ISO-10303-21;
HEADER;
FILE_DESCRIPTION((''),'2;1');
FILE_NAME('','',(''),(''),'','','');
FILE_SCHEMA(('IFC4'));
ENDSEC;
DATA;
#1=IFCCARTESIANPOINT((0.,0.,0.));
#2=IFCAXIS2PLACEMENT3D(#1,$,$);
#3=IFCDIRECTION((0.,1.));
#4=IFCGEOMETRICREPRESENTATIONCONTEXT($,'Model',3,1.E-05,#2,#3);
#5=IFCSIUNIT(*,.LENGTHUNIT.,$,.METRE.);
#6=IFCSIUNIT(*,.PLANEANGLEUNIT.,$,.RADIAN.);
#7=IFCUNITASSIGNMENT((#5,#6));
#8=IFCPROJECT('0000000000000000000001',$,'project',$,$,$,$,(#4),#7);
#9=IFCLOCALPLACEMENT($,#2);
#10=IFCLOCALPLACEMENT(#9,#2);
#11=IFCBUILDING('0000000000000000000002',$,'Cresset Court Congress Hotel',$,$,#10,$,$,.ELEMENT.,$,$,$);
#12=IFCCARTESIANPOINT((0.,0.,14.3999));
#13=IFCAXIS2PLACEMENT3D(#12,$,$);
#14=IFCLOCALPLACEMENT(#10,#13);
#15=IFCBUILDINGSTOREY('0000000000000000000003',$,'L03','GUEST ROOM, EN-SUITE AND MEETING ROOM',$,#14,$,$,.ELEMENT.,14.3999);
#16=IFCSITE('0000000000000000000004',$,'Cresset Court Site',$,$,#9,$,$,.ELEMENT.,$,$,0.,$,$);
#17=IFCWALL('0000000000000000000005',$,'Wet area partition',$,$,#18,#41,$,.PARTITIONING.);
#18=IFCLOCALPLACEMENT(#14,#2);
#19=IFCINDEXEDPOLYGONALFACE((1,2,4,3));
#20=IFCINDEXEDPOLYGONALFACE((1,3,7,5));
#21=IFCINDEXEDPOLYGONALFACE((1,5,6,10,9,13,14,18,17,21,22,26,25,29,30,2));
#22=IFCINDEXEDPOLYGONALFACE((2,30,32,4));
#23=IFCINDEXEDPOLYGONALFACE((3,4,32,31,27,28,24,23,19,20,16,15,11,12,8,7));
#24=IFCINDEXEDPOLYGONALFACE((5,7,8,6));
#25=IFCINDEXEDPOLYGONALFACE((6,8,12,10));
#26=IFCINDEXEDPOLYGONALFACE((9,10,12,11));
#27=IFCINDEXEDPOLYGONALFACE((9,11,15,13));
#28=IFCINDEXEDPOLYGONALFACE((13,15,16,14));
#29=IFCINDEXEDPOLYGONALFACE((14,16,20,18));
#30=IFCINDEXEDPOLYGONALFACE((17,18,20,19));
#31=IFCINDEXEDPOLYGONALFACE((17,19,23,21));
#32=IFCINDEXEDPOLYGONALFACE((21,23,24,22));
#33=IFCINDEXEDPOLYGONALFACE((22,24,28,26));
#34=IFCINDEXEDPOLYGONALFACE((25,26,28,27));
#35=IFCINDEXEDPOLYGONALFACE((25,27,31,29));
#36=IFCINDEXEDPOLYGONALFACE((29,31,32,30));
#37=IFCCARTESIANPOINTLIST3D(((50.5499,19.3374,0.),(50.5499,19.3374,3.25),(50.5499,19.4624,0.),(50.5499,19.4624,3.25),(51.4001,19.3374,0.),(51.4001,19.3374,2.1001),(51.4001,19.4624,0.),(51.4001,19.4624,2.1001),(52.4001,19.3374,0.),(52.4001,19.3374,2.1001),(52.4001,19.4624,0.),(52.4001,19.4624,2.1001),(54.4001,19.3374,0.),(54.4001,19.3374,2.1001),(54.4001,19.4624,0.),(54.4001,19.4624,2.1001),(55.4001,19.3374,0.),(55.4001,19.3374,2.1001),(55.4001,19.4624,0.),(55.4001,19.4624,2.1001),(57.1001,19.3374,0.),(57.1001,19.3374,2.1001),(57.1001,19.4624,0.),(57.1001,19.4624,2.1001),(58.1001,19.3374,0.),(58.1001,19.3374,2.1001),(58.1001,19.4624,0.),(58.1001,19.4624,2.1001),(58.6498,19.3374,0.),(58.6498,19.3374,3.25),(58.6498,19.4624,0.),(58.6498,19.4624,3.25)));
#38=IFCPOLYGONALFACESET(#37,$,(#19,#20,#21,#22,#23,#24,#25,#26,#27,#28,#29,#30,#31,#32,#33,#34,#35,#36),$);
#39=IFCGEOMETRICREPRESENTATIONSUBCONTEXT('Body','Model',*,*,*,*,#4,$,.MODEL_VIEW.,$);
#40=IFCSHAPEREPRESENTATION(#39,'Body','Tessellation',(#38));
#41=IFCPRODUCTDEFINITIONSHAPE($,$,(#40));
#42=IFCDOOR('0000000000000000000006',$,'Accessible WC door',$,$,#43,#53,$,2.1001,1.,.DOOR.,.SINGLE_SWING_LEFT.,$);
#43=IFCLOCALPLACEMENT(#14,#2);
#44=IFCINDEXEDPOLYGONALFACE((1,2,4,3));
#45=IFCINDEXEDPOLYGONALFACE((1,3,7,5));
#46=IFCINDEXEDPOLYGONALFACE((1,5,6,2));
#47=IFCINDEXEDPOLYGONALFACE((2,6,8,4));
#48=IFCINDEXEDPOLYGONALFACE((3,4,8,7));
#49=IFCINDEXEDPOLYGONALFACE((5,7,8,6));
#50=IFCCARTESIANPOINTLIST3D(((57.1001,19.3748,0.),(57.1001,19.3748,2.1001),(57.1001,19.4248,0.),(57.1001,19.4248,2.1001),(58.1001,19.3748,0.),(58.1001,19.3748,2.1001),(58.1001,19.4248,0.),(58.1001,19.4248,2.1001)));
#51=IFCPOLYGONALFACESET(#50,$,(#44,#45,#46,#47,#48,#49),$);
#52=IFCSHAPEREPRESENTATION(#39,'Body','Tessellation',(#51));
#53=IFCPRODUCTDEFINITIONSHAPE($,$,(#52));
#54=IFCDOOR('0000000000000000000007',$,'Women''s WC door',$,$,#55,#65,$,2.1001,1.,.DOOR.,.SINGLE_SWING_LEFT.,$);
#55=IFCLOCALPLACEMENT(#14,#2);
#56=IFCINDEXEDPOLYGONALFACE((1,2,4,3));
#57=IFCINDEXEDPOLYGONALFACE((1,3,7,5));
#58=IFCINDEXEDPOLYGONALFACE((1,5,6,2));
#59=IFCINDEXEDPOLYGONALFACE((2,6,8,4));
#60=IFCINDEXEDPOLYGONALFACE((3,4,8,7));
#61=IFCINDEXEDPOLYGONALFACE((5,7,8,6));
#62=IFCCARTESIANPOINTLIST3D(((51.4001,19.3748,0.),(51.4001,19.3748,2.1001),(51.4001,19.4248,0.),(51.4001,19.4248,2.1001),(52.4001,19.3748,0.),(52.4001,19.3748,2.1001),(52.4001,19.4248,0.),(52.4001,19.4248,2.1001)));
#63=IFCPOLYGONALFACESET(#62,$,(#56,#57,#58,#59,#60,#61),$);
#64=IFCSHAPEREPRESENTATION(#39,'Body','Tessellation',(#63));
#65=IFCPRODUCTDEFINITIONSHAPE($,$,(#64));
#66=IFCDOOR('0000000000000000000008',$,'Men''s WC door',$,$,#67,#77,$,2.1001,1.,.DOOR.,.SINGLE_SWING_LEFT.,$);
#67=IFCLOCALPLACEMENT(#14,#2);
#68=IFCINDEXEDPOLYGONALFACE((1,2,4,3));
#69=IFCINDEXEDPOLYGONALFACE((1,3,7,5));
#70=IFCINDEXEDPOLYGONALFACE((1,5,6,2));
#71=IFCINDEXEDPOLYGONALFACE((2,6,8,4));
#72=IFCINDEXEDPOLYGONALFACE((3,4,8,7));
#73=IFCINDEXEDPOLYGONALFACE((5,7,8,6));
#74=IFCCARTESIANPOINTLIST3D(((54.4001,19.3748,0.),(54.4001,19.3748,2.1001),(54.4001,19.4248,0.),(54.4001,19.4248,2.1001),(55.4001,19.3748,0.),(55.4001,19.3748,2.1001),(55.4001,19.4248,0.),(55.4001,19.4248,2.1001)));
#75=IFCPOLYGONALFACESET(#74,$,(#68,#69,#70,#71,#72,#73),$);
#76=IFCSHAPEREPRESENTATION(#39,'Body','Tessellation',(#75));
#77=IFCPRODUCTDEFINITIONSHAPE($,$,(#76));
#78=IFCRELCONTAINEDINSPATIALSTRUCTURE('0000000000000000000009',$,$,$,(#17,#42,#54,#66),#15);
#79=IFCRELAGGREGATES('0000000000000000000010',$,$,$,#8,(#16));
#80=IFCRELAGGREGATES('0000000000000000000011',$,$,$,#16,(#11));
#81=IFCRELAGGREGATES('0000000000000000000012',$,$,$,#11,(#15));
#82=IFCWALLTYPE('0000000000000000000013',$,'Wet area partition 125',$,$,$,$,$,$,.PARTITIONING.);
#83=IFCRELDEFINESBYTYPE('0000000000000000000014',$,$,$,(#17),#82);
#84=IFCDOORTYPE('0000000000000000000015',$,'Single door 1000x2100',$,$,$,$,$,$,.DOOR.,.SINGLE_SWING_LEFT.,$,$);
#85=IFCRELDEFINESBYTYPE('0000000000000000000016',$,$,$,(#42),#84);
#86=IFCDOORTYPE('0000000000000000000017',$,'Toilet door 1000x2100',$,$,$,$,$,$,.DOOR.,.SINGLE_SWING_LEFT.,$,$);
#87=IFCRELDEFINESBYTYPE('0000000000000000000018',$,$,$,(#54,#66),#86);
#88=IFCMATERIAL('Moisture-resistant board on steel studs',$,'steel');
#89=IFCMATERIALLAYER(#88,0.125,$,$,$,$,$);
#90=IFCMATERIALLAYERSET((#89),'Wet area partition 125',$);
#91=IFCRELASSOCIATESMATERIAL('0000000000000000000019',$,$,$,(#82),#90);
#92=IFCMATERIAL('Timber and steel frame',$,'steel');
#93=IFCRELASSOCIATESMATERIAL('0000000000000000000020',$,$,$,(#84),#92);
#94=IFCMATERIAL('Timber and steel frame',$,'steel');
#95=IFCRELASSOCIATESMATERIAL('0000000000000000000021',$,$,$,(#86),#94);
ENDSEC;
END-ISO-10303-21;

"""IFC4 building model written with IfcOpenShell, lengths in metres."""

from ifc_helpers import new_model, si_unit, direction, frame, frame_2d, origin, place, context, subcontext, project, spatial, rectangle, extrude, material, layer, layer_set, type_object, element, fill, save


model = new_model("IFC4")

# Units and contexts
model_context = context("Model", 3, precision=1e-05, world=origin(), true_north=direction((0.0, 1.0)))
body_context = subcontext(model_context, "Body", "Model", "MODEL_VIEW")
ifc_project = project(units=[si_unit("LENGTHUNIT", "METRE"), si_unit("PLANEANGLEUNIT", "RADIAN")], contexts=[model_context])

# Site, building, storey
site_placement = place(None, origin())
site = spatial("IfcSite", under=ifc_project, at=site_placement, Name="Cresset Court Site", CompositionType="ELEMENT", RefElevation=0.0)
building_placement = place(site_placement, origin())
building = spatial("IfcBuilding", under=site, at=building_placement, Name="Cresset Court Congress Hotel", CompositionType="ELEMENT")
storey_placement = place(building_placement, frame((0.0, 0.0, 14.3999)))
storey = spatial("IfcBuildingStorey", under=building, at=storey_placement, Name="L03", Description="GUEST ROOM, EN-SUITE AND MEETING ROOM", CompositionType="ELEMENT", Elevation=14.3999)

# Wall, openings, doors
ifc_material_1 = material(Name="Moisture-resistant board on steel studs", Category="steel")
ifc_layer_1 = layer(ifc_material_1, 0.125)
ifc_layer_set_1 = layer_set([ifc_layer_1], Name="Wet area partition 125")
wall_type_1 = type_object("IfcWallType", Name="Wet area partition 125", PredefinedType="PARTITIONING", material=ifc_layer_set_1)
wall_1_placement = place(storey_placement, frame((50.55, 19.3999, 0.0), z_axis=(0.0, 0.0, 1.0), x_axis=(1.0, 0.0, 0.0)))
wall_1 = element("IfcWall", 1, at=wall_1_placement, inside=storey, type_object=wall_type_1, Name="Wet area partition", PredefinedType="PARTITIONING", context=body_context, shape_type="SweptSolid", body=[
    extrude(rectangle(XDim=8.0999, YDim=0.125, at=frame_2d((4.0498, 0.0))), origin(), (0.0, 0.0, 1.0), 3.25),
])
opening_1_placement = place(wall_1_placement, frame((0.8501, 0.0, 0.0)))
opening_1 = element("IfcOpeningElement", 2, at=opening_1_placement, cuts=wall_1, PredefinedType="OPENING", context=body_context, shape_type="SweptSolid", body=[
    extrude(rectangle(XDim=1.0, YDim=2.1001, at=frame_2d((0.5, 1.05))), frame((0.0, 0.0725, 0.0), z_axis=(0.0, -1.0, 0.0), x_axis=(1.0, 0.0, 0.0)), (0.0, 0.0, 1.0), 0.145),
])
opening_2_placement = place(wall_1_placement, frame((3.8501, 0.0, 0.0)))
opening_2 = element("IfcOpeningElement", 3, at=opening_2_placement, cuts=wall_1, PredefinedType="OPENING", context=body_context, shape_type="SweptSolid", body=[
    extrude(rectangle(XDim=1.0, YDim=2.1001, at=frame_2d((0.5, 1.05))), frame((0.0, 0.0725, 0.0), z_axis=(0.0, -1.0, 0.0), x_axis=(1.0, 0.0, 0.0)), (0.0, 0.0, 1.0), 0.145),
])
opening_3_placement = place(wall_1_placement, frame((6.55, 0.0, 0.0)))
opening_3 = element("IfcOpeningElement", 4, at=opening_3_placement, cuts=wall_1, PredefinedType="OPENING", context=body_context, shape_type="SweptSolid", body=[
    extrude(rectangle(XDim=1.0, YDim=2.1001, at=frame_2d((0.5, 1.05))), frame((0.0, 0.0725, 0.0), z_axis=(0.0, -1.0, 0.0), x_axis=(1.0, 0.0, 0.0)), (0.0, 0.0, 1.0), 0.145),
])
ifc_material_2 = material(Name="Timber and steel frame", Category="steel")
door_type_1 = type_object("IfcDoorType", Name="Single door 1000x2100", OperationType="SINGLE_SWING_LEFT", PredefinedType="DOOR", material=ifc_material_2)
door_1_placement = place(opening_3_placement, origin())
door_1 = element("IfcDoor", 5, at=door_1_placement, inside=storey, type_object=door_type_1, Name="Accessible WC door", OperationType="SINGLE_SWING_LEFT", OverallHeight=2.1001, OverallWidth=1.0, PredefinedType="DOOR", context=body_context, shape_type="SweptSolid", body=[
    extrude(rectangle(XDim=1.0, YDim=2.1001, at=frame_2d((0.5, 1.05))), frame((0.0, 0.0249, 0.0), z_axis=(0.0, -1.0, 0.0), x_axis=(1.0, 0.0, 0.0)), (0.0, 0.0, 1.0), 0.05),
])
fill(opening_3, door_1)
ifc_material_3 = material(Name="Timber and steel frame", Category="steel")
door_type_2 = type_object("IfcDoorType", Name="Toilet door 1000x2100", OperationType="SINGLE_SWING_LEFT", PredefinedType="DOOR", material=ifc_material_3)
door_2_placement = place(opening_1_placement, origin())
door_2 = element("IfcDoor", 6, at=door_2_placement, inside=storey, type_object=door_type_2, Name="Women's WC door", OperationType="SINGLE_SWING_LEFT", OverallHeight=2.1001, OverallWidth=1.0, PredefinedType="DOOR", context=body_context, shape_type="SweptSolid", body=[
    extrude(rectangle(XDim=1.0, YDim=2.1001, at=frame_2d((0.5, 1.05))), frame((0.0, 0.0249, 0.0), z_axis=(0.0, -1.0, 0.0), x_axis=(1.0, 0.0, 0.0)), (0.0, 0.0, 1.0), 0.05),
])
fill(opening_1, door_2)
door_3_placement = place(opening_2_placement, origin())
door_3 = element("IfcDoor", 7, at=door_3_placement, inside=storey, type_object=door_type_2, Name="Men's WC door", OperationType="SINGLE_SWING_LEFT", OverallHeight=2.1001, OverallWidth=1.0, PredefinedType="DOOR", context=body_context, shape_type="SweptSolid", body=[
    extrude(rectangle(XDim=1.0, YDim=2.1001, at=frame_2d((0.5, 1.05))), frame((0.0, 0.0249, 0.0), z_axis=(0.0, -1.0, 0.0), x_axis=(1.0, 0.0, 0.0)), (0.0, 0.0, 1.0), 0.05),
])
fill(opening_2, door_3)

save(model, "model.ifc")
